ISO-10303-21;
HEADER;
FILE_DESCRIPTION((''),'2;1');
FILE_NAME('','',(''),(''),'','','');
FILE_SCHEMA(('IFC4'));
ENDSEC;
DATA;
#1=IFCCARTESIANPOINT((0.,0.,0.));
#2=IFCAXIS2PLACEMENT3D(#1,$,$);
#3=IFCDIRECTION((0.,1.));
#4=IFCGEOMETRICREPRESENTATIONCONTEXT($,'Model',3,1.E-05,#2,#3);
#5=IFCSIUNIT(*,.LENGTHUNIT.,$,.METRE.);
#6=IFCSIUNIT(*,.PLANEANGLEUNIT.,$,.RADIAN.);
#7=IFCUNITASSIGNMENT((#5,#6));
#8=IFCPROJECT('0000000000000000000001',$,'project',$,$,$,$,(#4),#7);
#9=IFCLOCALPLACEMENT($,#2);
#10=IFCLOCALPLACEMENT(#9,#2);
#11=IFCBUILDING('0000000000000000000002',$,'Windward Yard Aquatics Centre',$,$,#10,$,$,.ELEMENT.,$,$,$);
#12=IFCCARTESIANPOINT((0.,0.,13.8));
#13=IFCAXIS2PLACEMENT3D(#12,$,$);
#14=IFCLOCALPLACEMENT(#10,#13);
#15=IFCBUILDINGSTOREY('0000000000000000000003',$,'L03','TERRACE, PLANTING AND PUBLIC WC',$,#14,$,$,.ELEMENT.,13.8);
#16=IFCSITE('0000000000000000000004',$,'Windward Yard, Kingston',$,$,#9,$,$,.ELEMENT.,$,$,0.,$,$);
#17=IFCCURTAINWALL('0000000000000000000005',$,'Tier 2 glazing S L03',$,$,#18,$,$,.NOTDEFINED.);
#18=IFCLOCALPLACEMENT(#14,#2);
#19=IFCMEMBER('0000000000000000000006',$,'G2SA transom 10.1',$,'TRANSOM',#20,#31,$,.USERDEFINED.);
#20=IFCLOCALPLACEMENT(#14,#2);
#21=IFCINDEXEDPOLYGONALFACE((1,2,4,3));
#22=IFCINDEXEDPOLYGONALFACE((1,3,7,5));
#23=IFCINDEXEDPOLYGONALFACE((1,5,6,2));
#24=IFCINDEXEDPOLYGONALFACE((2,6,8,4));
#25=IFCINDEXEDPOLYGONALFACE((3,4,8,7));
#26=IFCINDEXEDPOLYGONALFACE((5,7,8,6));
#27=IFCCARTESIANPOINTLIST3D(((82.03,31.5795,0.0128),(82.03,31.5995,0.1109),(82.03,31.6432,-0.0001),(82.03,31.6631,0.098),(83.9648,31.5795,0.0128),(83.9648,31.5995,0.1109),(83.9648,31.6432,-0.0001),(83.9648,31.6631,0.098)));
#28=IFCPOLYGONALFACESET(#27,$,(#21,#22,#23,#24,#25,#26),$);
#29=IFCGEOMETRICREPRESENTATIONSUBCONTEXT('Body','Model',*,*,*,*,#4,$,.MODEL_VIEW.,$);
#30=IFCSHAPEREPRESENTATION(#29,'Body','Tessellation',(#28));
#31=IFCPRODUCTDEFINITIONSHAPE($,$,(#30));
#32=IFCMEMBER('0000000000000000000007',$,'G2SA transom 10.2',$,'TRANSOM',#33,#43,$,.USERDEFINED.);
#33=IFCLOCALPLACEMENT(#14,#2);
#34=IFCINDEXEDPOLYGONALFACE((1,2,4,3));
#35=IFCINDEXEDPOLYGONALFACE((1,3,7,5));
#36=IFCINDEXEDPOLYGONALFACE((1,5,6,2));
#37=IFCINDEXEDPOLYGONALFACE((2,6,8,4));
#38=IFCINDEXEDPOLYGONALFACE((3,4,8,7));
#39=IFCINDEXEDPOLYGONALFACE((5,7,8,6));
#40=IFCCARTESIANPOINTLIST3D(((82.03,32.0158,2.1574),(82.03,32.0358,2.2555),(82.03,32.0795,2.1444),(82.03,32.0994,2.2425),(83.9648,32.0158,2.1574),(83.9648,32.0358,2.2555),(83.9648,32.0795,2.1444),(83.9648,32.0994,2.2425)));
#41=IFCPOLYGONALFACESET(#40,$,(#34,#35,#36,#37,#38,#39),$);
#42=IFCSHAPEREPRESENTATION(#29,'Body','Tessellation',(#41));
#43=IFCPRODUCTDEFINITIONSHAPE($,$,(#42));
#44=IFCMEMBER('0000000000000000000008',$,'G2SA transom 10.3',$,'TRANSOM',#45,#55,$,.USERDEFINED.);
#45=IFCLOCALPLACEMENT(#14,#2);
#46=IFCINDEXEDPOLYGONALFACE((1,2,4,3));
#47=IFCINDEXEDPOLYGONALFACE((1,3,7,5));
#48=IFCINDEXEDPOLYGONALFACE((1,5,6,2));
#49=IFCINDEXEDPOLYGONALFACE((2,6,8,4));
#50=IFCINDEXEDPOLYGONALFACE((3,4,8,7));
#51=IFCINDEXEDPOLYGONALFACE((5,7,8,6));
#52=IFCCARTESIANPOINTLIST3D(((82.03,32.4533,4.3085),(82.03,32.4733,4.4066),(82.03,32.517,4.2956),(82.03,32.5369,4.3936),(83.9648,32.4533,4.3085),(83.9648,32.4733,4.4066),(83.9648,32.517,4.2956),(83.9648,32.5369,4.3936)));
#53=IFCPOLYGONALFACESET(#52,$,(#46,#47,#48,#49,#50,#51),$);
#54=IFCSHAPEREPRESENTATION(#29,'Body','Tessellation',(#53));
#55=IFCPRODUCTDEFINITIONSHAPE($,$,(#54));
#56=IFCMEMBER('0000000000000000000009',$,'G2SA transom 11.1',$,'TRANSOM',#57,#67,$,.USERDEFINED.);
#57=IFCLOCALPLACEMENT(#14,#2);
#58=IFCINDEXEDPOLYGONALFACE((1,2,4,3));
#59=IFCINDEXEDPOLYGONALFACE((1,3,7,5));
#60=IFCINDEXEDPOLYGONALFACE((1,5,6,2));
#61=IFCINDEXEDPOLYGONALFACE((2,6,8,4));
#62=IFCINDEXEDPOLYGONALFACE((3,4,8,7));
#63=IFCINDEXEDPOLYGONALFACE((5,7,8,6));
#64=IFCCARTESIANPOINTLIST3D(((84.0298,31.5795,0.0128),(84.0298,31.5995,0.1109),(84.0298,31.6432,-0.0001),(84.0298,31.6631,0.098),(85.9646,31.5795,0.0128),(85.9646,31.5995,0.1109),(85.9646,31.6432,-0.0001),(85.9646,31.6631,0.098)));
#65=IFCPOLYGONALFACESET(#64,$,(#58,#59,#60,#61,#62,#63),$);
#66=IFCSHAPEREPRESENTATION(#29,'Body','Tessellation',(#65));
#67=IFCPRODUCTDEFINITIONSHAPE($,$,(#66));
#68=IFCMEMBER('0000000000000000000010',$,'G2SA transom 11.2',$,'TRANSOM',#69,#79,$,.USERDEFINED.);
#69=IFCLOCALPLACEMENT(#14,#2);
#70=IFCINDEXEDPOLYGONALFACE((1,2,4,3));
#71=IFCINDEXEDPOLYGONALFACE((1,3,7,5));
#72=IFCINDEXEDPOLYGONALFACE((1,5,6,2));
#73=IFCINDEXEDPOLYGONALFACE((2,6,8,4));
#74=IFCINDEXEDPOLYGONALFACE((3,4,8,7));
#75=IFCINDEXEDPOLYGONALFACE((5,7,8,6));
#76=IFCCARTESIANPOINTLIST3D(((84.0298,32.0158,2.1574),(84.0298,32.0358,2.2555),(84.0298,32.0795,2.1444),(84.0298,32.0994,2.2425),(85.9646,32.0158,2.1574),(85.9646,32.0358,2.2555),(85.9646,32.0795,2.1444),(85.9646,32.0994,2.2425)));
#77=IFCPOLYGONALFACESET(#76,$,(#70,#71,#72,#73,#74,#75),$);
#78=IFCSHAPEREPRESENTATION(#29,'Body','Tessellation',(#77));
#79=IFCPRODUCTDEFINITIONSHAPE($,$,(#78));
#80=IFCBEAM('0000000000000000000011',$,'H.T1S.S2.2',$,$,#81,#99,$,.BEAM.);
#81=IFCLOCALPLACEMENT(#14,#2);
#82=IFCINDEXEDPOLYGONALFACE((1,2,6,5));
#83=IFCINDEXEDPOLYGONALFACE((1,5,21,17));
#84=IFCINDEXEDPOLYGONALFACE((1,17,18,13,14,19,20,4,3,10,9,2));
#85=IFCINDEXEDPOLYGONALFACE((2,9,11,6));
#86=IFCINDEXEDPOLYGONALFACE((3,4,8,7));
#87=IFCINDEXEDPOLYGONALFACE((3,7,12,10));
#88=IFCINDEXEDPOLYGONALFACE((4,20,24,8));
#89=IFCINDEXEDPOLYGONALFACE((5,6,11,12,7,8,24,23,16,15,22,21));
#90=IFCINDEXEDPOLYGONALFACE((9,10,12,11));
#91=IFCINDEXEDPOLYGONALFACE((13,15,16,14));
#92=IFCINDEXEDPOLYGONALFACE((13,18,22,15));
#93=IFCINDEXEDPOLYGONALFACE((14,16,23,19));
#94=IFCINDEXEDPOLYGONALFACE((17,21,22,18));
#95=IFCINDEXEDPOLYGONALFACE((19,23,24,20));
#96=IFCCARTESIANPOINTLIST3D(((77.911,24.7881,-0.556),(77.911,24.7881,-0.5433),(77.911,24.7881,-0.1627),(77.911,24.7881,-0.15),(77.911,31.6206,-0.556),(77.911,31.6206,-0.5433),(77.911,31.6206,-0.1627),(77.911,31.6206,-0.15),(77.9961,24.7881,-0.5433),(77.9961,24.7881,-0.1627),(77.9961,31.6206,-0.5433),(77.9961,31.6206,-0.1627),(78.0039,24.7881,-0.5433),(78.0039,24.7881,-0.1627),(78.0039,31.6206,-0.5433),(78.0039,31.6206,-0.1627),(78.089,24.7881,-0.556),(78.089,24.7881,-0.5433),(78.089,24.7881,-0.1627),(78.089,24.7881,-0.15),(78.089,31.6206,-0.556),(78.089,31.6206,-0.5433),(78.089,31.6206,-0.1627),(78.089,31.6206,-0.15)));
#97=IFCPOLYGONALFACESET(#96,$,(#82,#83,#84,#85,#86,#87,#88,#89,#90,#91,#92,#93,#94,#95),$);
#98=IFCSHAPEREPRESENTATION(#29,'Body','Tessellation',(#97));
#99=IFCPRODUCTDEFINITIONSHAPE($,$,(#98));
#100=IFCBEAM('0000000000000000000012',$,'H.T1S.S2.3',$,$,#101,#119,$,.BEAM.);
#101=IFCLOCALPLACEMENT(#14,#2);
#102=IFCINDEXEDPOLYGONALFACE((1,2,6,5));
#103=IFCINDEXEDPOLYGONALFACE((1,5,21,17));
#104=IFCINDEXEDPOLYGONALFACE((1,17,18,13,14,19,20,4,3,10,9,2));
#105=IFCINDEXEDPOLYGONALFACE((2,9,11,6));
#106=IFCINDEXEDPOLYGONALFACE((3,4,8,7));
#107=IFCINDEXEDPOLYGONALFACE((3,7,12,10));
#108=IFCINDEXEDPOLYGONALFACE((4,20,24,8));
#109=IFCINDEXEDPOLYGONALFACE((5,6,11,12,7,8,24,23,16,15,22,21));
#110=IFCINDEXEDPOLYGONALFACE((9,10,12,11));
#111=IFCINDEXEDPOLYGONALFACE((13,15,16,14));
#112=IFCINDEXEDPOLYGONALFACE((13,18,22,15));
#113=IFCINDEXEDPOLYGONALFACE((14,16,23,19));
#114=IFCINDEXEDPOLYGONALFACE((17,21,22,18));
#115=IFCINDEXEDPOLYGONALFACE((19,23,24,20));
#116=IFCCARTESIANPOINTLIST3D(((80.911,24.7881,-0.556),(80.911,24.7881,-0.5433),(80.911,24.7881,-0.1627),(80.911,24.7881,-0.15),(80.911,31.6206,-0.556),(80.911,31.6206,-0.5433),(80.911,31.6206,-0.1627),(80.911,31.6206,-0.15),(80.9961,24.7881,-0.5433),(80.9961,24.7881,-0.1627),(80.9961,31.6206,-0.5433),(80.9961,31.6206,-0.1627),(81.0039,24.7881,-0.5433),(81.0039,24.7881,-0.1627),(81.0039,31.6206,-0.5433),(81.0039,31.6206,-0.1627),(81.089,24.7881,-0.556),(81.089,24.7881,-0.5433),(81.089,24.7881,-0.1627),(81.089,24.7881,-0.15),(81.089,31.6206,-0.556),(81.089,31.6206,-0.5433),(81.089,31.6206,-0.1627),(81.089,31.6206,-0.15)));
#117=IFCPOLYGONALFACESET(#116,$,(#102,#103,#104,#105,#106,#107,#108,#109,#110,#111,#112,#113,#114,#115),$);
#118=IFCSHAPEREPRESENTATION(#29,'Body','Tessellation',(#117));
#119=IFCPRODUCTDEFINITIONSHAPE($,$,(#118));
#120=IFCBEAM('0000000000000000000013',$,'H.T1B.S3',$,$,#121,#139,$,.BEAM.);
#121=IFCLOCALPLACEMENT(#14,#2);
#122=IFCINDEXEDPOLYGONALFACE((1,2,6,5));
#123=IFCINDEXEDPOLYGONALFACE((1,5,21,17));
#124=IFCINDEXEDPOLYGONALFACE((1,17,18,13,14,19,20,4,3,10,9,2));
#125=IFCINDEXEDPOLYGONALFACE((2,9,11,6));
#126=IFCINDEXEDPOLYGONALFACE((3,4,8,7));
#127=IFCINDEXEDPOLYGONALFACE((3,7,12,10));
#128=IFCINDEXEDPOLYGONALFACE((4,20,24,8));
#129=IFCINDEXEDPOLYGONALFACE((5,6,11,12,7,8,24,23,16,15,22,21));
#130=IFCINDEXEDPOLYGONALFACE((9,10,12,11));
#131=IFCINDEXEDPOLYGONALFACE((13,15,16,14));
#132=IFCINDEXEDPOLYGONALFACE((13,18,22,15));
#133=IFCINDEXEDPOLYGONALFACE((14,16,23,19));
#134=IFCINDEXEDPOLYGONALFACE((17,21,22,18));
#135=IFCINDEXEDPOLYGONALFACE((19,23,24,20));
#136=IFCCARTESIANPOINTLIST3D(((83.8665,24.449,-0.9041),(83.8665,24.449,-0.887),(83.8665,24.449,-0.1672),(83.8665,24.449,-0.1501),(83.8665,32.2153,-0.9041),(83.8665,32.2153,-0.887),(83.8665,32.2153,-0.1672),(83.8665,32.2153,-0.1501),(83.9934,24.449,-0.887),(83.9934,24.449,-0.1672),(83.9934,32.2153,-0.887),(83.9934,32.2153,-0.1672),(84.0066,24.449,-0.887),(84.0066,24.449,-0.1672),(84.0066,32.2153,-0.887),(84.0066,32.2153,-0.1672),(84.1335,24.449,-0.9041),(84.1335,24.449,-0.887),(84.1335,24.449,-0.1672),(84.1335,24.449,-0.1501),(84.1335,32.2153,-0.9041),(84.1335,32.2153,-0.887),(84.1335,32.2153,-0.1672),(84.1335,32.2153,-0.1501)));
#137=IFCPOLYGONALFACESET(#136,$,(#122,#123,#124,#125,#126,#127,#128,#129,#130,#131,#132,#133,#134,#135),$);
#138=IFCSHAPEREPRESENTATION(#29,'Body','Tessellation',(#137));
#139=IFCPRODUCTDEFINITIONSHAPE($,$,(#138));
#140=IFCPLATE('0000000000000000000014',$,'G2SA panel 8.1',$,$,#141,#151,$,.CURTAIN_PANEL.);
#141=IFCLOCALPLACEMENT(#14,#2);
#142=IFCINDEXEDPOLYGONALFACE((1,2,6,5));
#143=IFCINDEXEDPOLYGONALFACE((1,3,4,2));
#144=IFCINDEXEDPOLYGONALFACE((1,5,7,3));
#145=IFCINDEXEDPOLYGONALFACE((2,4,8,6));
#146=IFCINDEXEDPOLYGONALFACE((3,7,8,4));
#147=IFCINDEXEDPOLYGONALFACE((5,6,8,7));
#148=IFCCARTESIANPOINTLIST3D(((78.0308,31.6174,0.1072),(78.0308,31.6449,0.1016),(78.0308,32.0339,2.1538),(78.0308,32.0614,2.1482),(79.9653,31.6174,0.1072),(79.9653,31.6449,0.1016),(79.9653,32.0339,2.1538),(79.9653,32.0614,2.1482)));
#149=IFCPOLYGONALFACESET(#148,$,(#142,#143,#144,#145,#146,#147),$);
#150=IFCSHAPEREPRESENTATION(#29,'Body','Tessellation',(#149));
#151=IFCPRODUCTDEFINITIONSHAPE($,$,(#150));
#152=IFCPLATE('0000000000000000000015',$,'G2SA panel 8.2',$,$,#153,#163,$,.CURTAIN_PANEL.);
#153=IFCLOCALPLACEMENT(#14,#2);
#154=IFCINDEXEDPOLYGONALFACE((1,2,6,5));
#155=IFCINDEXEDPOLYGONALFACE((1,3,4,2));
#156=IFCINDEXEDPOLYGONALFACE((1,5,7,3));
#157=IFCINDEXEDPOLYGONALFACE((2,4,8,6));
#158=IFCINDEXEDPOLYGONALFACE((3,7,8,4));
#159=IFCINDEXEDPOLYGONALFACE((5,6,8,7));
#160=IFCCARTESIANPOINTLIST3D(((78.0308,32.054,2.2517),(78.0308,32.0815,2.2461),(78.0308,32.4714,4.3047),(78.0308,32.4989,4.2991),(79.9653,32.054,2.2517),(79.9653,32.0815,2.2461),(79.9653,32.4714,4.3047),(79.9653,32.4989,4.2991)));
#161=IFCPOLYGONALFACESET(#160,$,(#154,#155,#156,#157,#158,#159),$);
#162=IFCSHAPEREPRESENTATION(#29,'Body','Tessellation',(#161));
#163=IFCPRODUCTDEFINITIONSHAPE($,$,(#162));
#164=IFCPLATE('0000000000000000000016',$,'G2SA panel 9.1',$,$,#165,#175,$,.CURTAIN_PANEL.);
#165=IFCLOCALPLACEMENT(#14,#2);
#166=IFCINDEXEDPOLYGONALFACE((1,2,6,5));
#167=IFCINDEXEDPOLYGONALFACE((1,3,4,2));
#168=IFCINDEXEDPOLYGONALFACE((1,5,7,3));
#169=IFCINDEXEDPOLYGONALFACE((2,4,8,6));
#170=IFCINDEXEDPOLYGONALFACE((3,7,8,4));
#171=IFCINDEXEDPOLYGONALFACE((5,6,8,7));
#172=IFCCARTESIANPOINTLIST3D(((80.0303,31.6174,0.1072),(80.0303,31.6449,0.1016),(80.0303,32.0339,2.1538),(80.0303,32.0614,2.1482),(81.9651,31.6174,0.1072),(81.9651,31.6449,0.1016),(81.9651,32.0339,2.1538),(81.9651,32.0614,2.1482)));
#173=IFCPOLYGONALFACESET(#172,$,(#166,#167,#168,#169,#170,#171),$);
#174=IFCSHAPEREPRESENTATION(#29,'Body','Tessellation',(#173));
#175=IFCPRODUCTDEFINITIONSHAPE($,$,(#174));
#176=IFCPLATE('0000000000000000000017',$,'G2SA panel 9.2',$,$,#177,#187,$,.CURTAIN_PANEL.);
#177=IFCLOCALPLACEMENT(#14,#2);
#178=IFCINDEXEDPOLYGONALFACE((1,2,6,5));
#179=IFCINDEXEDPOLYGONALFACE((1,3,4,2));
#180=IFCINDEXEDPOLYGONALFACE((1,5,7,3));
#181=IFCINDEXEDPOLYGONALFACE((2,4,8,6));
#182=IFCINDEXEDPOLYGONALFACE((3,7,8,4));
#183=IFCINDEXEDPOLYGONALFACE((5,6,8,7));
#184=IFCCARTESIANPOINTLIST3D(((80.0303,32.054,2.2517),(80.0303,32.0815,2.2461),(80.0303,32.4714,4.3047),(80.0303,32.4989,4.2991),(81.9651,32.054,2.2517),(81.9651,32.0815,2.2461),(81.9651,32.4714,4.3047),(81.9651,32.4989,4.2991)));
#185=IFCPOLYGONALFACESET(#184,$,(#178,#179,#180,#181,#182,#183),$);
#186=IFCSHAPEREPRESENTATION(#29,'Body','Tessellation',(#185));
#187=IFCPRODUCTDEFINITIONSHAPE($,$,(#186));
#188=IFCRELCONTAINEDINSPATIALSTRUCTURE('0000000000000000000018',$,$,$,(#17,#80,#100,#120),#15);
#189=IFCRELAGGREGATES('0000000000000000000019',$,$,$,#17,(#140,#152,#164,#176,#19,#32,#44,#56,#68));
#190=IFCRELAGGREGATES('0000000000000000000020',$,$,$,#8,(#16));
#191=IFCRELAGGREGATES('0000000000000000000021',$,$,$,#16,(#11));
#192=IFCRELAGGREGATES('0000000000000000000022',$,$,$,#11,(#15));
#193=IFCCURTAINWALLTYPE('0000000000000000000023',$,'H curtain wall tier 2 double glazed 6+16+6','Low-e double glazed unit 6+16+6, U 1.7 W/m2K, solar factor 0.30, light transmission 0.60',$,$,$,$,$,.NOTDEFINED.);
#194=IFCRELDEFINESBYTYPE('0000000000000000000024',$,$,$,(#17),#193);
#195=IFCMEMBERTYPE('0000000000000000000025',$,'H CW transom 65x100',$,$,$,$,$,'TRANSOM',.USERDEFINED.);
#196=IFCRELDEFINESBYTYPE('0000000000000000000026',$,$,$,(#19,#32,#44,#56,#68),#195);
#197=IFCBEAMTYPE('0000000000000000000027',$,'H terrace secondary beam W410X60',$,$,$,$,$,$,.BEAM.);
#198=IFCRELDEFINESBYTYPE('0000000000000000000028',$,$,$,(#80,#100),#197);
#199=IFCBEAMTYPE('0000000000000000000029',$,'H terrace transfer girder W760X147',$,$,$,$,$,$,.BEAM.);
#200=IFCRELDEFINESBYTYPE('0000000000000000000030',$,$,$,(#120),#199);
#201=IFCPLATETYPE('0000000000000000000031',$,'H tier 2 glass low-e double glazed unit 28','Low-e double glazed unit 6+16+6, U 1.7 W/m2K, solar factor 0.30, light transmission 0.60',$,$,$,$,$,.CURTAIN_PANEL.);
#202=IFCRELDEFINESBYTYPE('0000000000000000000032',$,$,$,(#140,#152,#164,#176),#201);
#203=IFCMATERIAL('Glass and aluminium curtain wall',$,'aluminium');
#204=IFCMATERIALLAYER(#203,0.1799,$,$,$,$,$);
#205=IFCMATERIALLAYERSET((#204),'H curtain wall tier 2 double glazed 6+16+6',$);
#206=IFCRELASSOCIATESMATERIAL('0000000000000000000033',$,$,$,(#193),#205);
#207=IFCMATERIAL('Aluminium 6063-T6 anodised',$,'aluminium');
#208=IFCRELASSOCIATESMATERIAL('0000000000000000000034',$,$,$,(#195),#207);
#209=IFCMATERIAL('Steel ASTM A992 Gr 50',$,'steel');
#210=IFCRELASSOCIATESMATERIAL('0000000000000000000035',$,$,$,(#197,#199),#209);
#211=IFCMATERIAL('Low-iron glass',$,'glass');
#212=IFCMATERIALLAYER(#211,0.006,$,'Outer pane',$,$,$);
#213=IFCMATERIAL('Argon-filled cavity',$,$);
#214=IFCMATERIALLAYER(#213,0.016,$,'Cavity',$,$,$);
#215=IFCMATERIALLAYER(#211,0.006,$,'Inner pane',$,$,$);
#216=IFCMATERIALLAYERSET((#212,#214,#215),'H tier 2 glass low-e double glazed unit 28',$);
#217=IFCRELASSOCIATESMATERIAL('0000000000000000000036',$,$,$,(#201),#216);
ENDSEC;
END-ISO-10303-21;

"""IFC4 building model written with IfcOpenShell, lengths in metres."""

from ifc_helpers import new_model, si_unit, direction, frame, origin, origin_2d, place, context, subcontext, project, spatial, polyline, rectangle, i_section, outline, extrude, material, layer, layer_set, material_profile, profile_set, type_object, element, aggregate, save


model = new_model("IFC4")

# Units and contexts
model_context = context("Model", 3, precision=1e-05, world=origin(), true_north=direction((0.0, 1.0)))
body_context = subcontext(model_context, "Body", "Model", "MODEL_VIEW")
ifc_project = project(units=[si_unit("LENGTHUNIT", "METRE"), si_unit("PLANEANGLEUNIT", "RADIAN")], contexts=[model_context])

# Site, building, storey
site_placement = place(None, origin())
site = spatial("IfcSite", under=ifc_project, at=site_placement, Name="Windward Yard, Kingston", CompositionType="ELEMENT", RefElevation=0.0)
building_placement = place(site_placement, origin())
building = spatial("IfcBuilding", under=site, at=building_placement, Name="Windward Yard Aquatics Centre", CompositionType="ELEMENT")
storey_placement = place(building_placement, frame((0.0, 0.0, 13.8)))
storey = spatial("IfcBuildingStorey", under=building, at=storey_placement, Name="L03", Description="TERRACE, PLANTING AND PUBLIC WC", CompositionType="ELEMENT", Elevation=13.8)

# Curtain wall, members
ifc_material_1 = material(Name="Glass and aluminium curtain wall", Category="aluminium")
ifc_layer_1 = layer(ifc_material_1, 0.1799)
ifc_layer_set_1 = layer_set([ifc_layer_1], Name="H curtain wall tier 2 double glazed 6+16+6")
curtain_wall_type = type_object("IfcCurtainWallType", Name="H curtain wall tier 2 double glazed 6+16+6", Description="Low-e double glazed unit 6+16+6, U 1.7 W/m2K, solar factor 0.30, light transmission 0.60", PredefinedType="NOTDEFINED", material=ifc_layer_set_1)
curtain_wall_placement = place(storey_placement, origin())
curtain_wall = element("IfcCurtainWall", 1, at=curtain_wall_placement, inside=storey, type_object=curtain_wall_type, Name="Tier 2 glazing S L03", PredefinedType="NOTDEFINED")
ifc_material_2 = material(Name="Aluminium 6063-T6 anodised", Category="aluminium")
ifc_material_profile_1 = material_profile(ifc_material_2, rectangle(XDim=0.0649, YDim=0.1001, at=origin_2d()), Name="H CW transom 65x100")
ifc_profile_set_1 = profile_set([ifc_material_profile_1], Name="Aluminium 6063-T6 anodised")
member_type_1 = type_object("IfcMemberType", Name="H CW transom 65x100", ElementType="TRANSOM", PredefinedType="USERDEFINED", material=ifc_profile_set_1)
member_1_placement = place(storey_placement, frame((82.03, 31.6213, 0.0554), z_axis=(1.0, 0.0, 0.0), x_axis=(0.0, -0.979925, 0.199368)))
member_1 = element("IfcMember", 2, at=member_1_placement, type_object=member_type_1, Name="G2SA transom 10.1", ObjectType="TRANSOM", PredefinedType="USERDEFINED", context=body_context, shape_type="SweptSolid", body=[
    extrude(rectangle(XDim=0.0649, YDim=0.1001, at=origin_2d()), origin(), (0.0, 0.0, 1.0), 1.9348),
])
member_2_placement = place(storey_placement, frame((82.03, 32.0576, 2.2), z_axis=(1.0, 0.0, 0.0), x_axis=(0.0, -0.979925, 0.199368)))
member_2 = element("IfcMember", 3, at=member_2_placement, type_object=member_type_1, Name="G2SA transom 10.2", ObjectType="TRANSOM", PredefinedType="USERDEFINED", context=body_context, shape_type="SweptSolid", body=[
    extrude(rectangle(XDim=0.0649, YDim=0.1001, at=origin_2d()), origin(), (0.0, 0.0, 1.0), 1.9348),
])
member_3_placement = place(storey_placement, frame((82.03, 32.4951, 4.3511), z_axis=(1.0, 0.0, 0.0), x_axis=(0.0, -0.979925, 0.199368)))
member_3 = element("IfcMember", 4, at=member_3_placement, type_object=member_type_1, Name="G2SA transom 10.3", ObjectType="TRANSOM", PredefinedType="USERDEFINED", context=body_context, shape_type="SweptSolid", body=[
    extrude(rectangle(XDim=0.0649, YDim=0.1001, at=origin_2d()), origin(), (0.0, 0.0, 1.0), 1.9348),
])
member_4_placement = place(storey_placement, frame((84.0298, 31.6213, 0.0554), z_axis=(1.0, 0.0, 0.0), x_axis=(0.0, -0.979925, 0.199368)))
member_4 = element("IfcMember", 5, at=member_4_placement, type_object=member_type_1, Name="G2SA transom 11.1", ObjectType="TRANSOM", PredefinedType="USERDEFINED", context=body_context, shape_type="SweptSolid", body=[
    extrude(rectangle(XDim=0.0649, YDim=0.1001, at=origin_2d()), origin(), (0.0, 0.0, 1.0), 1.9348),
])
member_5_placement = place(storey_placement, frame((84.0298, 32.0576, 2.2), z_axis=(1.0, 0.0, 0.0), x_axis=(0.0, -0.979925, 0.199368)))
member_5 = element("IfcMember", 6, at=member_5_placement, type_object=member_type_1, Name="G2SA transom 11.2", ObjectType="TRANSOM", PredefinedType="USERDEFINED", context=body_context, shape_type="SweptSolid", body=[
    extrude(rectangle(XDim=0.0649, YDim=0.1001, at=origin_2d()), origin(), (0.0, 0.0, 1.0), 1.9348),
])

# Beams
ifc_material_3 = material(Name="Steel ASTM A992 Gr 50", Category="steel")
ifc_material_profile_2 = material_profile(ifc_material_3, i_section(OverallWidth=0.178, OverallDepth=0.406, WebThickness=0.0078, FlangeThickness=0.0127, at=origin_2d()), Name="W410X60")
ifc_profile_set_2 = profile_set([ifc_material_profile_2], Name="Steel ASTM A992 Gr 50")
beam_type_1 = type_object("IfcBeamType", Name="H terrace secondary beam W410X60", PredefinedType="BEAM", material=ifc_profile_set_2)
for number, where, z_axis, x_axis, name in (
    (7, (78.0, 24.7881, -0.353), (0.0, 1.0, 0.0), (-1.0, 0.0, 0.0), "H.T1S.S2.2"),
    (8, (81.0, 24.7881, -0.353), (0.0, 1.0, 0.0), (-1.0, 0.0, 0.0), "H.T1S.S2.3"),
):
    element("IfcBeam", number, at=place(storey_placement, frame(where, z_axis=z_axis, x_axis=x_axis)), inside=storey, type_object=beam_type_1, Name=name, PredefinedType="BEAM", context=body_context, shape_type="SweptSolid", body=[
        extrude(i_section(OverallWidth=0.178, OverallDepth=0.406, WebThickness=0.0078, FlangeThickness=0.0127, at=origin_2d()), origin(), (0.0, 0.0, 1.0), 6.8325),
    ])
ifc_material_profile_3 = material_profile(ifc_material_3, i_section(OverallWidth=0.2671, OverallDepth=0.7539, WebThickness=0.0132, FlangeThickness=0.0171, at=origin_2d()), Name="W760X147")
ifc_profile_set_3 = profile_set([ifc_material_profile_3], Name="Steel ASTM A992 Gr 50")
beam_type_2 = type_object("IfcBeamType", Name="H terrace transfer girder W760X147", PredefinedType="BEAM", material=ifc_profile_set_3)
beam_placement = place(storey_placement, frame((84.0, 24.449, -0.5271), z_axis=(0.0, 1.0, 0.0), x_axis=(-1.0, 0.0, 0.0)))
element("IfcBeam", 9, at=beam_placement, inside=storey, type_object=beam_type_2, Name="H.T1B.S3", PredefinedType="BEAM", context=body_context, shape_type="SweptSolid", body=[
    extrude(i_section(OverallWidth=0.2671, OverallDepth=0.7539, WebThickness=0.0132, FlangeThickness=0.0171, at=origin_2d()), origin(), (0.0, 0.0, 1.0), 7.7664),
])

# Plates
ifc_material_4 = material(Name="Low-iron glass", Category="glass")
ifc_layer_2 = layer(ifc_material_4, 0.006, Name="Outer pane")
ifc_material_5 = material(Name="Argon-filled cavity")
ifc_layer_3 = layer(ifc_material_5, 0.016, Name="Cavity")
ifc_layer_4 = layer(ifc_material_4, 0.006, Name="Inner pane")
ifc_layer_set_2 = layer_set([ifc_layer_2, ifc_layer_3, ifc_layer_4], Name="H tier 2 glass low-e double glazed unit 28")
plate_type = type_object("IfcPlateType", Name="H tier 2 glass low-e double glazed unit 28", Description="Low-e double glazed unit 6+16+6, U 1.7 W/m2K, solar factor 0.30, light transmission 0.60", PredefinedType="CURTAIN_PANEL", material=ifc_layer_set_2)
plate_1_placement = place(storey_placement, frame((78.0308, 31.6174, 0.1072), z_axis=(0.0, -0.979914, 0.199419), x_axis=(1.0, 0.0, 0.0)))
plate_1 = element("IfcPlate", 10, at=plate_1_placement, type_object=plate_type, Name="G2SA panel 8.1", PredefinedType="CURTAIN_PANEL", context=body_context, shape_type="SweptSolid", body=[
    extrude(outline(polyline([(0.0, 0.0), (1.9346, 0.0), (1.9346, 2.0886), (0.0, 2.0886), (0.0, 0.0)])), origin(), (0.0, 0.0, -1.0), 0.0281),
])
plate_2_placement = place(storey_placement, frame((78.0308, 32.054, 2.2517), z_axis=(0.0, -0.979944, 0.199275), x_axis=(1.0, 0.0, 0.0)))
plate_2 = element("IfcPlate", 11, at=plate_2_placement, type_object=plate_type, Name="G2SA panel 8.2", PredefinedType="CURTAIN_PANEL", context=body_context, shape_type="SweptSolid", body=[
    extrude(outline(polyline([(0.0, 0.0), (1.9346, 0.0), (1.9346, 2.095), (0.0, 2.095), (0.0, 0.0)])), origin(), (0.0, 0.0, -1.0), 0.0281),
])
plate_3_placement = place(storey_placement, frame((80.0303, 31.6174, 0.1072), z_axis=(0.0, -0.979914, 0.199419), x_axis=(1.0, 0.0, 0.0)))
plate_3 = element("IfcPlate", 12, at=plate_3_placement, type_object=plate_type, Name="G2SA panel 9.1", PredefinedType="CURTAIN_PANEL", context=body_context, shape_type="SweptSolid", body=[
    extrude(outline(polyline([(0.0, 0.0), (1.9348, 0.0), (1.9348, 2.0886), (0.0, 2.0886), (0.0, 0.0)])), origin(), (0.0, 0.0, -1.0), 0.0281),
])
plate_4_placement = place(storey_placement, frame((80.0303, 32.054, 2.2517), z_axis=(0.0, -0.979944, 0.199275), x_axis=(1.0, 0.0, 0.0)))
plate_4 = element("IfcPlate", 13, at=plate_4_placement, type_object=plate_type, Name="G2SA panel 9.2", PredefinedType="CURTAIN_PANEL", context=body_context, shape_type="SweptSolid", body=[
    extrude(outline(polyline([(0.0, 0.0), (1.9348, 0.0), (1.9348, 2.095), (0.0, 2.095), (0.0, 0.0)])), origin(), (0.0, 0.0, -1.0), 0.0281),
])
aggregate(curtain_wall, [plate_1, plate_2, plate_3, plate_4, member_1, member_2, member_3, member_4, member_5])

save(model, "model.ifc")
